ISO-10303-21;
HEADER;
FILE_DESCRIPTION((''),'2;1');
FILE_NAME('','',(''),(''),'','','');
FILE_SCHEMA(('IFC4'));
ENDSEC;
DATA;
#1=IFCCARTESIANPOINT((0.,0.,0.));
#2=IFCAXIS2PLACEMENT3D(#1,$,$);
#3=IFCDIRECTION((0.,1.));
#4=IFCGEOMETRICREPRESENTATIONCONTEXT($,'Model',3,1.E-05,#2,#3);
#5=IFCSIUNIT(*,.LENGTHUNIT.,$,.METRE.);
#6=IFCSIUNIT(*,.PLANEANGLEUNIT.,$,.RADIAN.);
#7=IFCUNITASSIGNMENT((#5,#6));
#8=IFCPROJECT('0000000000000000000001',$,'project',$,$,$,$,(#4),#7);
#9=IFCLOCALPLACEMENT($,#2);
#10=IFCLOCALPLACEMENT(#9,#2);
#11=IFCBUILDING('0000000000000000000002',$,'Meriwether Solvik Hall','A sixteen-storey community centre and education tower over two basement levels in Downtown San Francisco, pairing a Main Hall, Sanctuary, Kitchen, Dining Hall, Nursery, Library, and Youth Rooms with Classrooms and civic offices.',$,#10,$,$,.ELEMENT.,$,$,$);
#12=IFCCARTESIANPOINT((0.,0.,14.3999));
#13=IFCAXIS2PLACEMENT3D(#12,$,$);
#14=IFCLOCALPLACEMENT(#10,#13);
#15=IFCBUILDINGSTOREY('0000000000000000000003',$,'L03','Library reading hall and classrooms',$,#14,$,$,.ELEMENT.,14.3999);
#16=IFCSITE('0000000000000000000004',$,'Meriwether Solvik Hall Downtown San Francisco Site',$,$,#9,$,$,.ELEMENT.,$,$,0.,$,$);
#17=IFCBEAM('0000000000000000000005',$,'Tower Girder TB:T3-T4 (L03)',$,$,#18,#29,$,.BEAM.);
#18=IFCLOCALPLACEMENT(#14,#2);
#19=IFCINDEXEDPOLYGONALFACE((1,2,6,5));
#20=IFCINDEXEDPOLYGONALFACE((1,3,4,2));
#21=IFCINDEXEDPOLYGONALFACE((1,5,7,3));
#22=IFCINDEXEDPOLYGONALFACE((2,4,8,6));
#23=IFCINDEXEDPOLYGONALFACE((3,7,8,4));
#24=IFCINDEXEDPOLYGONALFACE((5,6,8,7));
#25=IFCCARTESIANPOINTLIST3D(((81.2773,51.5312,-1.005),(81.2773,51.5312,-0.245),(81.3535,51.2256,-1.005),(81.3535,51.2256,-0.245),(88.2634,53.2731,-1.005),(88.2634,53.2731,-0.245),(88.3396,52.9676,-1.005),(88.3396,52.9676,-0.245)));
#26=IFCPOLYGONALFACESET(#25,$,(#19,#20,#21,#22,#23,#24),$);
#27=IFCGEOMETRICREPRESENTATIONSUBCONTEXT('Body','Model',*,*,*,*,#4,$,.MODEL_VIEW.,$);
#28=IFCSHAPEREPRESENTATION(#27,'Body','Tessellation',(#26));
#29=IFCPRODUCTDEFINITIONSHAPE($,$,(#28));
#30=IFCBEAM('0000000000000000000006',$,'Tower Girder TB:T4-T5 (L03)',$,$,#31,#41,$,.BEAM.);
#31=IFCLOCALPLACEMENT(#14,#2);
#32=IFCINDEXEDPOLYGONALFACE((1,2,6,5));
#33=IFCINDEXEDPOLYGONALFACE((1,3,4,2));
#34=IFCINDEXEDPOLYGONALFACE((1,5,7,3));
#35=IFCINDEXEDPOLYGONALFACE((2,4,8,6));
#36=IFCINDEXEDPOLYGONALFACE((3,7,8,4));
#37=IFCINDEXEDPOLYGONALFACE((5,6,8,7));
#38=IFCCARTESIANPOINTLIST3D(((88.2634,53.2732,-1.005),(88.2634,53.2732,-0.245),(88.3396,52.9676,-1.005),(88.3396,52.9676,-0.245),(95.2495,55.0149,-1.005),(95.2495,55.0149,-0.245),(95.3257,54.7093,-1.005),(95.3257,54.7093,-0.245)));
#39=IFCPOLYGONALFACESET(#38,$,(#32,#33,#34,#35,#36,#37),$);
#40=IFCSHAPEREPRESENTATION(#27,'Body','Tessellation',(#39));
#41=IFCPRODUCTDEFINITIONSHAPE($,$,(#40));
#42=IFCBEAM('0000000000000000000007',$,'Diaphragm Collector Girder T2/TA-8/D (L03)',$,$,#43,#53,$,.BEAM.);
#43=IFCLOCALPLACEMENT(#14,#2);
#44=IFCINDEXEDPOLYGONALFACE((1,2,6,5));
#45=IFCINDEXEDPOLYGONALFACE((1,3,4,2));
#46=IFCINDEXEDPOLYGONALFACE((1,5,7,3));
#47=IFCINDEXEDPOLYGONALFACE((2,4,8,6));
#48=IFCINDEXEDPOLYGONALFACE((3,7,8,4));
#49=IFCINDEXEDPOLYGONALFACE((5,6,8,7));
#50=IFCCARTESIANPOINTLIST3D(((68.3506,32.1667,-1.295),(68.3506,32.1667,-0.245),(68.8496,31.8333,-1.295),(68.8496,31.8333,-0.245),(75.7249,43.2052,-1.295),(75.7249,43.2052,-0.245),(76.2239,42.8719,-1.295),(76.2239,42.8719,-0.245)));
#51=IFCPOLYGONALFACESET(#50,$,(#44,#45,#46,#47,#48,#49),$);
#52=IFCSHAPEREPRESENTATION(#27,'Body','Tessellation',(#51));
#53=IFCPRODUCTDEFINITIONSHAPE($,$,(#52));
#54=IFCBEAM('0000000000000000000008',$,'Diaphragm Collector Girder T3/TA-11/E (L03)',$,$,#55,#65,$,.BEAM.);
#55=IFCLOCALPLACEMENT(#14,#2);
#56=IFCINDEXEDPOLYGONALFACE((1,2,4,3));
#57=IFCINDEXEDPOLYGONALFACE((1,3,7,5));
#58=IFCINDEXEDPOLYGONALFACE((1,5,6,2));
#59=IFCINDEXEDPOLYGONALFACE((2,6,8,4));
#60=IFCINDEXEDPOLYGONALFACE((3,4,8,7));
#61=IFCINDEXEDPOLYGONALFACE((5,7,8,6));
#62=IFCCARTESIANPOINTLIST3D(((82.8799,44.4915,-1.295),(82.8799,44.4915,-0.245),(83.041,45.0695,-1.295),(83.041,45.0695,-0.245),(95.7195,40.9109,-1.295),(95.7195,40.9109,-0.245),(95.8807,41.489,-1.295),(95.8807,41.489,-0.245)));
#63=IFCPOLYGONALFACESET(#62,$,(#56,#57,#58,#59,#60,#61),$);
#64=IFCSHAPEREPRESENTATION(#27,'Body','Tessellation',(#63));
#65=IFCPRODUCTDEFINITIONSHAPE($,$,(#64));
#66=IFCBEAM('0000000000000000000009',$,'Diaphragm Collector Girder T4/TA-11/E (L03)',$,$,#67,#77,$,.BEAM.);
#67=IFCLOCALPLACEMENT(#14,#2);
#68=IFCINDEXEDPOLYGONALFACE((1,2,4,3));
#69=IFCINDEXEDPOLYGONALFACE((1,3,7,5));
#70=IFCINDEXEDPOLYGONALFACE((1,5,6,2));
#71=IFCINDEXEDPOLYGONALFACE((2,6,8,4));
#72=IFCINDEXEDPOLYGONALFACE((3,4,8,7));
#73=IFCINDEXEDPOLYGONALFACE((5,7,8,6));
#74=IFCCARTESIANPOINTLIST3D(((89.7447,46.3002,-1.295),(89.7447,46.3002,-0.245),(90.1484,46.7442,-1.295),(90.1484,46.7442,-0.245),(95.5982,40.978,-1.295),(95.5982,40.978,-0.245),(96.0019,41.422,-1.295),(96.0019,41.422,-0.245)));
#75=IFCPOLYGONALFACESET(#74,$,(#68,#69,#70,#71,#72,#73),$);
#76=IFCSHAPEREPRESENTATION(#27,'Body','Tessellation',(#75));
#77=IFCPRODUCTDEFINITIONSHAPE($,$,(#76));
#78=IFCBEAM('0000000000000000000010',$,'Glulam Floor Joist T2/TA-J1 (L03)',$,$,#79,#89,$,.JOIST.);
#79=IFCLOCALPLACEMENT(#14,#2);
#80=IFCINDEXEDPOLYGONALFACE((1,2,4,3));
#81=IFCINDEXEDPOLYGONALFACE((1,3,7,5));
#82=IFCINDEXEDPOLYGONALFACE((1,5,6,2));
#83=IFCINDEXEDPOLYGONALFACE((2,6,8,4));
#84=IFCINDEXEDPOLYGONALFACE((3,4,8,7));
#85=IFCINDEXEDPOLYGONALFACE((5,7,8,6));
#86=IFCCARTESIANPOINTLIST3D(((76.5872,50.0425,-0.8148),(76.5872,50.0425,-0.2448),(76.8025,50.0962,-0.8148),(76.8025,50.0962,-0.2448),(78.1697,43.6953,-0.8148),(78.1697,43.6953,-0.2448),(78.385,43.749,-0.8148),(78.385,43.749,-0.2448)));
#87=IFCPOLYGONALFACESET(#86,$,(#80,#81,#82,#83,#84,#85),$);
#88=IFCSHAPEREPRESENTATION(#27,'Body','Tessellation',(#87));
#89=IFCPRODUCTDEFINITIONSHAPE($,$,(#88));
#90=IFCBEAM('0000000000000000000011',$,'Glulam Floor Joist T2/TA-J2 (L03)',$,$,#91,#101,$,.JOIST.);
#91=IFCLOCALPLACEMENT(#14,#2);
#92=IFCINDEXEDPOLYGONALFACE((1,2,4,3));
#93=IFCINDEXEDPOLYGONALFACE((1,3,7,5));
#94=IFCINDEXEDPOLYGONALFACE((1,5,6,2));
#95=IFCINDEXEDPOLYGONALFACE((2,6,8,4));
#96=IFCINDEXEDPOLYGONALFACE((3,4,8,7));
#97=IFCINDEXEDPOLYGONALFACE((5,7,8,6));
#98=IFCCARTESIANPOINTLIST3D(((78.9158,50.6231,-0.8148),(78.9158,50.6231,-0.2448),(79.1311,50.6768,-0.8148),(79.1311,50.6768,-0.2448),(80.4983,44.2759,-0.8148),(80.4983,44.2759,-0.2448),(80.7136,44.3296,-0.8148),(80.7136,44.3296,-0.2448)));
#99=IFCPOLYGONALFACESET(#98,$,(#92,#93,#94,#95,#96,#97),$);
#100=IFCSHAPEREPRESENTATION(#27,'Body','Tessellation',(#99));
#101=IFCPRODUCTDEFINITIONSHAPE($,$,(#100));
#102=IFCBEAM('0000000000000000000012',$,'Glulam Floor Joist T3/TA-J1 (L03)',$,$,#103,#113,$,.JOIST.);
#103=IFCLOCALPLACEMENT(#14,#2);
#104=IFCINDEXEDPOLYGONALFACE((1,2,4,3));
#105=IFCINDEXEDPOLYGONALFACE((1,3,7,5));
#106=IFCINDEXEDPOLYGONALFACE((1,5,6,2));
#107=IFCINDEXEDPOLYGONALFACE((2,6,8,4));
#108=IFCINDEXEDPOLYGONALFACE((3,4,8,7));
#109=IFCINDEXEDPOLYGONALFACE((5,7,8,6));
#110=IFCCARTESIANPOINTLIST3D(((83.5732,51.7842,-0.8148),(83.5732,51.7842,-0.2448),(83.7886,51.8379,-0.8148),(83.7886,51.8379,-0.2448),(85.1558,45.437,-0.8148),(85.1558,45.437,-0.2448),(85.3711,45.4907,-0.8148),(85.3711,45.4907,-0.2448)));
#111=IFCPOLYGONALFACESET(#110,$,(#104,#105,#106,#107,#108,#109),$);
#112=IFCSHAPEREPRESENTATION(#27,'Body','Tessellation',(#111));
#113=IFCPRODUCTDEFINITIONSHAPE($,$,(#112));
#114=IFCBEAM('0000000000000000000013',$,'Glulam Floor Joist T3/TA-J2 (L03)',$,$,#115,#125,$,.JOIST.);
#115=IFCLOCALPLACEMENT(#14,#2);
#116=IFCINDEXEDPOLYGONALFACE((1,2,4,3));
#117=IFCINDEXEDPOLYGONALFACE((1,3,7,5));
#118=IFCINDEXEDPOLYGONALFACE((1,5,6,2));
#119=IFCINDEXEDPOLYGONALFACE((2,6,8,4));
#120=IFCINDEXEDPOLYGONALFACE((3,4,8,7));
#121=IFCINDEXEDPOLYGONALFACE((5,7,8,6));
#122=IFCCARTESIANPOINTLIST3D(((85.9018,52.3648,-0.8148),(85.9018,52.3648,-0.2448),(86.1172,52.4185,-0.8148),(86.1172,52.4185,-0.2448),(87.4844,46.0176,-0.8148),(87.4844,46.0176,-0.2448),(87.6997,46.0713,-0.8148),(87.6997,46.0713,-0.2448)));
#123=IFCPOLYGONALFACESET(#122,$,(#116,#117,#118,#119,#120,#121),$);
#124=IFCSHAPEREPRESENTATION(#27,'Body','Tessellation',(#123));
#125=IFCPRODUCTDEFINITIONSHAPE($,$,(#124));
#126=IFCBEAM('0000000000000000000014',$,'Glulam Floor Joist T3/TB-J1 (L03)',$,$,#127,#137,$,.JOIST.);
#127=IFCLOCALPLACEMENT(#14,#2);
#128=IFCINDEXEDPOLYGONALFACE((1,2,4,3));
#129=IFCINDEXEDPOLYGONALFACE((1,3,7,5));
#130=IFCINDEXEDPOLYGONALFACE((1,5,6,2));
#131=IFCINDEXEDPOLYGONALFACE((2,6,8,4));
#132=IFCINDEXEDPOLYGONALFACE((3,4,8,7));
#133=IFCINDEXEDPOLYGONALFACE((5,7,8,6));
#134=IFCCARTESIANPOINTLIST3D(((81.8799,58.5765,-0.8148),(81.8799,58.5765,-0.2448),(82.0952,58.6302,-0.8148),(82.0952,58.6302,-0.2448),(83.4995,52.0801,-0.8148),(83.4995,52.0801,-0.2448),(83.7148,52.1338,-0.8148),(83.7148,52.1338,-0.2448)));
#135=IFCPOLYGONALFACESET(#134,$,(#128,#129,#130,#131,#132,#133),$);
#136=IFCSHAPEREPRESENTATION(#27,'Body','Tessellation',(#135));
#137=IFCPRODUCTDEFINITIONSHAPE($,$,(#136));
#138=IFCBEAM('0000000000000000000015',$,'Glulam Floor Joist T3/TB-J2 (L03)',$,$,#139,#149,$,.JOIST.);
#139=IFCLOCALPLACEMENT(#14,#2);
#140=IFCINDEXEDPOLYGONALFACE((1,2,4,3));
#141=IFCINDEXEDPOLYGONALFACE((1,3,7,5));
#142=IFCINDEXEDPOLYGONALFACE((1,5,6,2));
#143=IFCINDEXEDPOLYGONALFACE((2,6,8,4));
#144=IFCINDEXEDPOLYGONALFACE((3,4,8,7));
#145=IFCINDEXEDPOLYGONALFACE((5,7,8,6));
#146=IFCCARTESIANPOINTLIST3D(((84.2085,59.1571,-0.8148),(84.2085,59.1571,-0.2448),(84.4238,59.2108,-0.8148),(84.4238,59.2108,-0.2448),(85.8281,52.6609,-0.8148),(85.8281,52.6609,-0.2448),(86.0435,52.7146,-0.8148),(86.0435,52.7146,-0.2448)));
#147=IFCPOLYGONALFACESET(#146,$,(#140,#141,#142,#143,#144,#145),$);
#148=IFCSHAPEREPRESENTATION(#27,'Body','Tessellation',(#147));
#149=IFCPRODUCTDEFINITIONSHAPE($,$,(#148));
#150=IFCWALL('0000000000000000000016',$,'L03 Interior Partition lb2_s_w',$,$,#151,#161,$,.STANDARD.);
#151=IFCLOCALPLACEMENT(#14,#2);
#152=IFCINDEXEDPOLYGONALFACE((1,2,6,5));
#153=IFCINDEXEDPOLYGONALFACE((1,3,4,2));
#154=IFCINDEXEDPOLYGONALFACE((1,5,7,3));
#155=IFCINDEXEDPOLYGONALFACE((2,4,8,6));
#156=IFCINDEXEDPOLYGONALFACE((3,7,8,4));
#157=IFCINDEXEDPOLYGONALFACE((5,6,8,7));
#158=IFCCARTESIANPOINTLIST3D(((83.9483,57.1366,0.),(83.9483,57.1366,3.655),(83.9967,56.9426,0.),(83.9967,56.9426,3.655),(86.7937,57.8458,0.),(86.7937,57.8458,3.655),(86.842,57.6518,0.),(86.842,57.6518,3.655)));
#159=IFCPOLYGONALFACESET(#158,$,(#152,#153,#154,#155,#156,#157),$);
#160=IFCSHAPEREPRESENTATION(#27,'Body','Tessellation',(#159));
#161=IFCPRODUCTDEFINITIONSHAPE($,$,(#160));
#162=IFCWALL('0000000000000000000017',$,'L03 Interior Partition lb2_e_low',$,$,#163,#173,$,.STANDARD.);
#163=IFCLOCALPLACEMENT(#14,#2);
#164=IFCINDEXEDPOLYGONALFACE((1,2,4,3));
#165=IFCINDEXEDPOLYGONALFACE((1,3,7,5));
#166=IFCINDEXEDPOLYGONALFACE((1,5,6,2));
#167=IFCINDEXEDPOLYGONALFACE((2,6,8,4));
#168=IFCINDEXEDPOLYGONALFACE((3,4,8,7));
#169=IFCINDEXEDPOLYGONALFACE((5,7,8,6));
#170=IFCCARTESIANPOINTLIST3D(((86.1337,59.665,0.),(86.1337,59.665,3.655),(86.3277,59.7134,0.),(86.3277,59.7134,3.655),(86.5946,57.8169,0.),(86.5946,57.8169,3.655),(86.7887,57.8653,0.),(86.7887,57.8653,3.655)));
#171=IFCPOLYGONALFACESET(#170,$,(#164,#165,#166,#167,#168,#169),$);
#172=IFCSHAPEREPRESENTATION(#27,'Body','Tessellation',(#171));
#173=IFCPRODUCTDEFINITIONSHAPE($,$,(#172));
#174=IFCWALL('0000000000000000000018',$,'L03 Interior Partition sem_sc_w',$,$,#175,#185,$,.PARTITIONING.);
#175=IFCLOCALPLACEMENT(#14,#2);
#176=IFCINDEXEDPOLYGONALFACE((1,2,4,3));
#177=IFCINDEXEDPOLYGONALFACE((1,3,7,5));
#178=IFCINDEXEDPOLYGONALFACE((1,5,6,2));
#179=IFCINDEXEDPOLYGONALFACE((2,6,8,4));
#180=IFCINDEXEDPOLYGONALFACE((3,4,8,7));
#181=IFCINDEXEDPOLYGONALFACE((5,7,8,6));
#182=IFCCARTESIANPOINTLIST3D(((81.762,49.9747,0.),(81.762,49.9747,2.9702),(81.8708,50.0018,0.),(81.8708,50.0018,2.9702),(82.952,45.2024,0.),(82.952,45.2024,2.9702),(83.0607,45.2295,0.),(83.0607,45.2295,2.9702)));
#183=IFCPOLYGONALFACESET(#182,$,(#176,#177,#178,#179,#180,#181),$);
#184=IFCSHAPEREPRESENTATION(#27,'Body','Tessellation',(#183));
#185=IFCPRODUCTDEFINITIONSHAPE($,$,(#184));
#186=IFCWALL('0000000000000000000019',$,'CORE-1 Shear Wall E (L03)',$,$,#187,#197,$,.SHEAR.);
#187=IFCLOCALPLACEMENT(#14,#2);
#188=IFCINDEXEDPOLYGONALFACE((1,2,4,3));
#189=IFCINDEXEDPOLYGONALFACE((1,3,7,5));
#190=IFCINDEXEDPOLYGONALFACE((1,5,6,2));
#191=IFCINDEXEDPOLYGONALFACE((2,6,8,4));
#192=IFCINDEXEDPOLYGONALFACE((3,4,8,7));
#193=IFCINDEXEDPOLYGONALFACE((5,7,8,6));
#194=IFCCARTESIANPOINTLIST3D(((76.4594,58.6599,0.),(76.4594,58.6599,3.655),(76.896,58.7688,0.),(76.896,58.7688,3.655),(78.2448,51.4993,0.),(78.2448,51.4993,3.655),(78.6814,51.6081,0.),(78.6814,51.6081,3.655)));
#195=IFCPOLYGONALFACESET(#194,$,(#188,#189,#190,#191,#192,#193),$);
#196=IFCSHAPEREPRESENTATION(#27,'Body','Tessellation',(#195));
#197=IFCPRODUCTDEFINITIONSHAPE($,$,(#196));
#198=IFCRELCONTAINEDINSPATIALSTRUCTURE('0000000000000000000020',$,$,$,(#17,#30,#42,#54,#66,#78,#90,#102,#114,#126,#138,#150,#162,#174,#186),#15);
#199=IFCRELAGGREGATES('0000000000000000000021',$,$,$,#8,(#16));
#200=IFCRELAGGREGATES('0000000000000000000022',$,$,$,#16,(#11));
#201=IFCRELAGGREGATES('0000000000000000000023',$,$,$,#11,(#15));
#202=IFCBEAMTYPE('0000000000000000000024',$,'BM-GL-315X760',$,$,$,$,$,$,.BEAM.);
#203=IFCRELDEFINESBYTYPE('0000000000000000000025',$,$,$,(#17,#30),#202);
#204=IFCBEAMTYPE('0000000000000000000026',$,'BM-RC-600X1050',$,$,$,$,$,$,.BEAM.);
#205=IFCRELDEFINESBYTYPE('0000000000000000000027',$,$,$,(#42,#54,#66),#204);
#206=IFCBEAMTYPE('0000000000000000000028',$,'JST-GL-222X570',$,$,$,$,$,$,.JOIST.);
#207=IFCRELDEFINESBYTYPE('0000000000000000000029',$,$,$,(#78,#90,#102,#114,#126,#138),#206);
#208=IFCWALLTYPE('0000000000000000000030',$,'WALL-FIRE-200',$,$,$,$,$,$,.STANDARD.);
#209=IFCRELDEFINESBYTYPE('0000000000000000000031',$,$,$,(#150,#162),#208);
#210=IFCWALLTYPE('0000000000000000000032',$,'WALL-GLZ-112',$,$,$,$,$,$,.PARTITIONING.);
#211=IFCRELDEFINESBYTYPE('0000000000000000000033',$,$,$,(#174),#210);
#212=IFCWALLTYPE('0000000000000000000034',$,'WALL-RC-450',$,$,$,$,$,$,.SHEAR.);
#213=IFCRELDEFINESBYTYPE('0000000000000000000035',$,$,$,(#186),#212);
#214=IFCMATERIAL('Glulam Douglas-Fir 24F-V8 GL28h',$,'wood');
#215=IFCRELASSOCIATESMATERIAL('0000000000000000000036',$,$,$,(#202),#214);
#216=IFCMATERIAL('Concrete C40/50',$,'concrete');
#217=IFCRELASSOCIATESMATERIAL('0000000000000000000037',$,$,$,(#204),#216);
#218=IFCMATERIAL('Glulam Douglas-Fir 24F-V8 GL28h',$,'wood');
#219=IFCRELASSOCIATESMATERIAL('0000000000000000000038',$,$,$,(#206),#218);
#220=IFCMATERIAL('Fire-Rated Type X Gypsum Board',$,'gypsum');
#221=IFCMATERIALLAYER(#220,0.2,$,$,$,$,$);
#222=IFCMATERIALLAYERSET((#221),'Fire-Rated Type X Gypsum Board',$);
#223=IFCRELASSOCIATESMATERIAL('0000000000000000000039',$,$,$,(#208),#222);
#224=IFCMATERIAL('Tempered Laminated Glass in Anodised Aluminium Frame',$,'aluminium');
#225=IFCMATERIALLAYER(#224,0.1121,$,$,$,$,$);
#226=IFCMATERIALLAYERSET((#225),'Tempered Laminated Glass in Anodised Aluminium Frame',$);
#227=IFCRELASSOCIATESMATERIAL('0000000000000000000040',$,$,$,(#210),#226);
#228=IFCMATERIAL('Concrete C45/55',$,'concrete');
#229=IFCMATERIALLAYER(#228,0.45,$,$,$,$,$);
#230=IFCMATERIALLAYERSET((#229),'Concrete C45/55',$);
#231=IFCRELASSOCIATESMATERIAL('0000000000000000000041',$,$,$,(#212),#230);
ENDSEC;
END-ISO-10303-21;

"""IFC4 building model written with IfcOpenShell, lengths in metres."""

from ifc_helpers import new_model, si_unit, direction, frame, frame_2d, origin, origin_2d, place, context, subcontext, project, spatial, rectangle, extrude, material, layer, layer_set, material_profile, profile_set, type_object, element, save


model = new_model("IFC4")

# Units and contexts
model_context = context("Model", 3, precision=1e-05, world=origin(), true_north=direction((0.0, 1.0)))
body_context = subcontext(model_context, "Body", "Model", "MODEL_VIEW")
ifc_project = project(units=[si_unit("LENGTHUNIT", "METRE"), si_unit("PLANEANGLEUNIT", "RADIAN")], contexts=[model_context])

# Site, building, storey
site_placement = place(None, origin())
site = spatial("IfcSite", under=ifc_project, at=site_placement, Name="Meriwether Solvik Hall Downtown San Francisco Site", CompositionType="ELEMENT", RefElevation=0.0)
building_placement = place(site_placement, origin())
building = spatial("IfcBuilding", under=site, at=building_placement, Name="Meriwether Solvik Hall", Description="A sixteen-storey community centre and education tower over two basement levels in Downtown San Francisco, pairing a Main Hall, Sanctuary, Kitchen, Dining Hall, Nursery, Library, and Youth Rooms with Classrooms and civic offices.", CompositionType="ELEMENT")
storey_placement = place(building_placement, frame((0.0, 0.0, 14.3999)))
storey = spatial("IfcBuildingStorey", under=building, at=storey_placement, Name="L03", Description="Library reading hall and classrooms", CompositionType="ELEMENT", Elevation=14.3999)

# Beams
ifc_material_1 = material(Name="Glulam Douglas-Fir 24F-V8 GL28h", Category="wood")
ifc_material_profile_1 = material_profile(ifc_material_1, rectangle(XDim=0.3149, YDim=0.76, at=origin_2d()), Name="GLB-315X760")
ifc_profile_set_1 = profile_set([ifc_material_profile_1], Name="Glulam Douglas-Fir 24F-V8 GL28h")
beam_type_1 = type_object("IfcBeamType", Name="BM-GL-315X760", PredefinedType="BEAM", material=ifc_profile_set_1)
for number, where, z_axis, x_axis, name in (
    (1, (81.3154, 51.3784, -0.625), (0.970292, 0.241937, 0.0), (-0.241937, 0.970292, 0.0), "Tower Girder TB:T3-T4 (L03)"),
    (2, (88.3015, 53.1204, -0.625), (0.9703, 0.241905, 0.0), (-0.241905, 0.9703, 0.0), "Tower Girder TB:T4-T5 (L03)"),
):
    element("IfcBeam", number, at=place(storey_placement, frame(where, z_axis=z_axis, x_axis=x_axis)), inside=storey, type_object=beam_type_1, Name=name, PredefinedType="BEAM", context=body_context, shape_type="SweptSolid", body=[
        extrude(rectangle(XDim=0.3149, YDim=0.76, at=origin_2d()), origin(), (0.0, 0.0, 1.0), 7.2),
    ])
ifc_material_2 = material(Name="Concrete C40/50", Category="concrete")
ifc_material_profile_2 = material_profile(ifc_material_2, rectangle(XDim=0.6001, YDim=1.05, at=origin_2d()), Name="RCB-600X1050")
ifc_profile_set_2 = profile_set([ifc_material_profile_2], Name="Concrete C40/50")
beam_type_2 = type_object("IfcBeamType", Name="BM-RC-600X1050", PredefinedType="BEAM", material=ifc_profile_set_2)
beam_1_placement = place(storey_placement, frame((75.9744, 43.0386, -0.77), z_axis=(-0.555494, -0.831521, 0.0), x_axis=(0.831521, -0.555494, 0.0)))
element("IfcBeam", 3, at=beam_1_placement, inside=storey, type_object=beam_type_2, Name="Diaphragm Collector Girder T2/TA-8/D (L03)", PredefinedType="BEAM", context=body_context, shape_type="SweptSolid", body=[
    extrude(rectangle(XDim=0.6001, YDim=1.05, at=origin_2d()), origin(), (0.0, 0.0, 1.0), 13.2751),
])
beam_2_placement = place(storey_placement, frame((82.9604, 44.7805, -0.77), z_axis=(0.963246, -0.26862, 0.0), x_axis=(0.26862, 0.963246, 0.0)))
element("IfcBeam", 4, at=beam_2_placement, inside=storey, type_object=beam_type_2, Name="Diaphragm Collector Girder T3/TA-11/E (L03)", PredefinedType="BEAM", context=body_context, shape_type="SweptSolid", body=[
    extrude(rectangle(XDim=0.6001, YDim=1.05, at=origin_2d()), origin(), (0.0, 0.0, 1.0), 13.3296),
])
beam_3_placement = place(storey_placement, frame((89.9465, 46.5222, -0.77), z_axis=(0.739884, -0.672734, 0.0), x_axis=(0.672734, 0.739884, 0.0)))
element("IfcBeam", 5, at=beam_3_placement, inside=storey, type_object=beam_type_2, Name="Diaphragm Collector Girder T4/TA-11/E (L03)", PredefinedType="BEAM", context=body_context, shape_type="SweptSolid", body=[
    extrude(rectangle(XDim=0.6001, YDim=1.05, at=origin_2d()), origin(), (0.0, 0.0, 1.0), 7.9114),
])
ifc_material_3 = material(Name="Glulam Douglas-Fir 24F-V8 GL28h", Category="wood")
ifc_material_profile_3 = material_profile(ifc_material_3, rectangle(XDim=0.2219, YDim=0.5701, at=origin_2d()), Name="GLJ-222X570")
ifc_profile_set_3 = profile_set([ifc_material_profile_3], Name="Glulam Douglas-Fir 24F-V8 GL28h")
beam_type_3 = type_object("IfcBeamType", Name="JST-GL-222X570", PredefinedType="JOIST", material=ifc_profile_set_3)
for number, where, z_axis, x_axis, name in (
    (6, (78.2773, 43.7222, -0.5298), (-0.241921, 0.970296, 0.0), (-0.970296, -0.241921, 0.0), "Glulam Floor Joist T2/TA-J1 (L03)"),
    (7, (80.606, 44.3027, -0.5298), (-0.241921, 0.970296, 0.0), (-0.970296, -0.241921, 0.0), "Glulam Floor Joist T2/TA-J2 (L03)"),
    (8, (85.2634, 45.4639, -0.5298), (-0.241921, 0.970296, 0.0), (-0.970296, -0.241921, 0.0), "Glulam Floor Joist T3/TA-J1 (L03)"),
    (9, (87.592, 46.0444, -0.5298), (-0.241921, 0.970296, 0.0), (-0.970296, -0.241921, 0.0), "Glulam Floor Joist T3/TA-J2 (L03)"),
):
    element("IfcBeam", number, at=place(storey_placement, frame(where, z_axis=z_axis, x_axis=x_axis)), inside=storey, type_object=beam_type_3, Name=name, PredefinedType="JOIST", context=body_context, shape_type="SweptSolid", body=[
        extrude(rectangle(XDim=0.2219, YDim=0.5701, at=origin_2d()), origin(), (0.0, 0.0, 1.0), 6.5415),
    ])
beam_4_placement = place(storey_placement, frame((83.6072, 52.1069, -0.5298), z_axis=(-0.241909, 0.970299, 0.0), x_axis=(-0.970299, -0.241909, 0.0)))
element("IfcBeam", 10, at=beam_4_placement, inside=storey, type_object=beam_type_3, Name="Glulam Floor Joist T3/TB-J1 (L03)", PredefinedType="JOIST", context=body_context, shape_type="SweptSolid", body=[
    extrude(rectangle(XDim=0.2219, YDim=0.5701, at=origin_2d()), origin(), (0.0, 0.0, 1.0), 6.6953),
])
beam_5_placement = place(storey_placement, frame((85.9358, 52.6877, -0.5298), z_axis=(-0.241918, 0.970297, 0.0), x_axis=(-0.970297, -0.241918, 0.0)))
element("IfcBeam", 11, at=beam_5_placement, inside=storey, type_object=beam_type_3, Name="Glulam Floor Joist T3/TB-J2 (L03)", PredefinedType="JOIST", context=body_context, shape_type="SweptSolid", body=[
    extrude(rectangle(XDim=0.2219, YDim=0.5701, at=origin_2d()), origin(), (0.0, 0.0, 1.0), 6.6951),
])

# Walls
ifc_material_4 = material(Name="Fire-Rated Type X Gypsum Board", Category="gypsum")
ifc_layer_1 = layer(ifc_material_4, 0.2)
ifc_layer_set_1 = layer_set([ifc_layer_1], Name="Fire-Rated Type X Gypsum Board")
wall_type_1 = type_object("IfcWallType", Name="WALL-FIRE-200", PredefinedType="STANDARD", material=ifc_layer_set_1)
wall_1_placement = place(storey_placement, frame((83.9724, 57.0396, 0.0), z_axis=(0.0, 0.0, 1.0), x_axis=(0.970309, 0.241869, 0.0)))
element("IfcWall", 12, at=wall_1_placement, inside=storey, type_object=wall_type_1, Name="L03 Interior Partition lb2_s_w", PredefinedType="STANDARD", context=body_context, shape_type="SweptSolid", body=[
    extrude(rectangle(XDim=2.9324, YDim=0.2, at=frame_2d((1.4663, 0.0))), origin(), (0.0, 0.0, 1.0), 3.655),
])
wall_2_placement = place(storey_placement, frame((86.6917, 57.8411, 0.0), z_axis=(0.0, 0.0, 1.0), x_axis=(-0.241993, 0.970278, 0.0)))
element("IfcWall", 13, at=wall_2_placement, inside=storey, type_object=wall_type_1, Name="L03 Interior Partition lb2_e_low", PredefinedType="STANDARD", context=body_context, shape_type="SweptSolid", body=[
    extrude(rectangle(XDim=1.9048, YDim=0.2, at=frame_2d((0.9524, 0.0))), origin(), (0.0, 0.0, 1.0), 3.655),
])
ifc_material_5 = material(Name="Tempered Laminated Glass in Anodised Aluminium Frame", Category="aluminium")
ifc_layer_2 = layer(ifc_material_5, 0.1121)
ifc_layer_set_2 = layer_set([ifc_layer_2], Name="Tempered Laminated Glass in Anodised Aluminium Frame")
wall_type_2 = type_object("IfcWallType", Name="WALL-GLZ-112", PredefinedType="PARTITIONING", material=ifc_layer_set_2)
wall_3_placement = place(storey_placement, frame((81.8164, 49.9883, 0.0), z_axis=(0.0, 0.0, 1.0), x_axis=(0.241928, -0.970294, 0.0)))
element("IfcWall", 14, at=wall_3_placement, inside=storey, type_object=wall_type_2, Name="L03 Interior Partition sem_sc_w", PredefinedType="PARTITIONING", context=body_context, shape_type="SweptSolid", body=[
    extrude(rectangle(XDim=4.9185, YDim=0.1121, at=frame_2d((2.4592, 0.0))), origin(), (0.0, 0.0, 1.0), 2.9702),
])
ifc_material_6 = material(Name="Concrete C45/55", Category="concrete")
ifc_layer_3 = layer(ifc_material_6, 0.45)
ifc_layer_set_3 = layer_set([ifc_layer_3], Name="Concrete C45/55")
wall_type_3 = type_object("IfcWallType", Name="WALL-RC-450", PredefinedType="SHEAR", material=ifc_layer_set_3)
wall_4_placement = place(storey_placement, frame((78.4631, 51.5537, 0.0), z_axis=(0.0, 0.0, 1.0), x_axis=(-0.241928, 0.970294, 0.0)))
element("IfcWall", 15, at=wall_4_placement, inside=storey, type_object=wall_type_3, Name="CORE-1 Shear Wall E (L03)", PredefinedType="SHEAR", context=body_context, shape_type="SweptSolid", body=[
    extrude(rectangle(XDim=7.3799, YDim=0.45, at=frame_2d((3.6899, 0.0))), origin(), (0.0, 0.0, 1.0), 3.655),
])

save(model, "model.ifc")
